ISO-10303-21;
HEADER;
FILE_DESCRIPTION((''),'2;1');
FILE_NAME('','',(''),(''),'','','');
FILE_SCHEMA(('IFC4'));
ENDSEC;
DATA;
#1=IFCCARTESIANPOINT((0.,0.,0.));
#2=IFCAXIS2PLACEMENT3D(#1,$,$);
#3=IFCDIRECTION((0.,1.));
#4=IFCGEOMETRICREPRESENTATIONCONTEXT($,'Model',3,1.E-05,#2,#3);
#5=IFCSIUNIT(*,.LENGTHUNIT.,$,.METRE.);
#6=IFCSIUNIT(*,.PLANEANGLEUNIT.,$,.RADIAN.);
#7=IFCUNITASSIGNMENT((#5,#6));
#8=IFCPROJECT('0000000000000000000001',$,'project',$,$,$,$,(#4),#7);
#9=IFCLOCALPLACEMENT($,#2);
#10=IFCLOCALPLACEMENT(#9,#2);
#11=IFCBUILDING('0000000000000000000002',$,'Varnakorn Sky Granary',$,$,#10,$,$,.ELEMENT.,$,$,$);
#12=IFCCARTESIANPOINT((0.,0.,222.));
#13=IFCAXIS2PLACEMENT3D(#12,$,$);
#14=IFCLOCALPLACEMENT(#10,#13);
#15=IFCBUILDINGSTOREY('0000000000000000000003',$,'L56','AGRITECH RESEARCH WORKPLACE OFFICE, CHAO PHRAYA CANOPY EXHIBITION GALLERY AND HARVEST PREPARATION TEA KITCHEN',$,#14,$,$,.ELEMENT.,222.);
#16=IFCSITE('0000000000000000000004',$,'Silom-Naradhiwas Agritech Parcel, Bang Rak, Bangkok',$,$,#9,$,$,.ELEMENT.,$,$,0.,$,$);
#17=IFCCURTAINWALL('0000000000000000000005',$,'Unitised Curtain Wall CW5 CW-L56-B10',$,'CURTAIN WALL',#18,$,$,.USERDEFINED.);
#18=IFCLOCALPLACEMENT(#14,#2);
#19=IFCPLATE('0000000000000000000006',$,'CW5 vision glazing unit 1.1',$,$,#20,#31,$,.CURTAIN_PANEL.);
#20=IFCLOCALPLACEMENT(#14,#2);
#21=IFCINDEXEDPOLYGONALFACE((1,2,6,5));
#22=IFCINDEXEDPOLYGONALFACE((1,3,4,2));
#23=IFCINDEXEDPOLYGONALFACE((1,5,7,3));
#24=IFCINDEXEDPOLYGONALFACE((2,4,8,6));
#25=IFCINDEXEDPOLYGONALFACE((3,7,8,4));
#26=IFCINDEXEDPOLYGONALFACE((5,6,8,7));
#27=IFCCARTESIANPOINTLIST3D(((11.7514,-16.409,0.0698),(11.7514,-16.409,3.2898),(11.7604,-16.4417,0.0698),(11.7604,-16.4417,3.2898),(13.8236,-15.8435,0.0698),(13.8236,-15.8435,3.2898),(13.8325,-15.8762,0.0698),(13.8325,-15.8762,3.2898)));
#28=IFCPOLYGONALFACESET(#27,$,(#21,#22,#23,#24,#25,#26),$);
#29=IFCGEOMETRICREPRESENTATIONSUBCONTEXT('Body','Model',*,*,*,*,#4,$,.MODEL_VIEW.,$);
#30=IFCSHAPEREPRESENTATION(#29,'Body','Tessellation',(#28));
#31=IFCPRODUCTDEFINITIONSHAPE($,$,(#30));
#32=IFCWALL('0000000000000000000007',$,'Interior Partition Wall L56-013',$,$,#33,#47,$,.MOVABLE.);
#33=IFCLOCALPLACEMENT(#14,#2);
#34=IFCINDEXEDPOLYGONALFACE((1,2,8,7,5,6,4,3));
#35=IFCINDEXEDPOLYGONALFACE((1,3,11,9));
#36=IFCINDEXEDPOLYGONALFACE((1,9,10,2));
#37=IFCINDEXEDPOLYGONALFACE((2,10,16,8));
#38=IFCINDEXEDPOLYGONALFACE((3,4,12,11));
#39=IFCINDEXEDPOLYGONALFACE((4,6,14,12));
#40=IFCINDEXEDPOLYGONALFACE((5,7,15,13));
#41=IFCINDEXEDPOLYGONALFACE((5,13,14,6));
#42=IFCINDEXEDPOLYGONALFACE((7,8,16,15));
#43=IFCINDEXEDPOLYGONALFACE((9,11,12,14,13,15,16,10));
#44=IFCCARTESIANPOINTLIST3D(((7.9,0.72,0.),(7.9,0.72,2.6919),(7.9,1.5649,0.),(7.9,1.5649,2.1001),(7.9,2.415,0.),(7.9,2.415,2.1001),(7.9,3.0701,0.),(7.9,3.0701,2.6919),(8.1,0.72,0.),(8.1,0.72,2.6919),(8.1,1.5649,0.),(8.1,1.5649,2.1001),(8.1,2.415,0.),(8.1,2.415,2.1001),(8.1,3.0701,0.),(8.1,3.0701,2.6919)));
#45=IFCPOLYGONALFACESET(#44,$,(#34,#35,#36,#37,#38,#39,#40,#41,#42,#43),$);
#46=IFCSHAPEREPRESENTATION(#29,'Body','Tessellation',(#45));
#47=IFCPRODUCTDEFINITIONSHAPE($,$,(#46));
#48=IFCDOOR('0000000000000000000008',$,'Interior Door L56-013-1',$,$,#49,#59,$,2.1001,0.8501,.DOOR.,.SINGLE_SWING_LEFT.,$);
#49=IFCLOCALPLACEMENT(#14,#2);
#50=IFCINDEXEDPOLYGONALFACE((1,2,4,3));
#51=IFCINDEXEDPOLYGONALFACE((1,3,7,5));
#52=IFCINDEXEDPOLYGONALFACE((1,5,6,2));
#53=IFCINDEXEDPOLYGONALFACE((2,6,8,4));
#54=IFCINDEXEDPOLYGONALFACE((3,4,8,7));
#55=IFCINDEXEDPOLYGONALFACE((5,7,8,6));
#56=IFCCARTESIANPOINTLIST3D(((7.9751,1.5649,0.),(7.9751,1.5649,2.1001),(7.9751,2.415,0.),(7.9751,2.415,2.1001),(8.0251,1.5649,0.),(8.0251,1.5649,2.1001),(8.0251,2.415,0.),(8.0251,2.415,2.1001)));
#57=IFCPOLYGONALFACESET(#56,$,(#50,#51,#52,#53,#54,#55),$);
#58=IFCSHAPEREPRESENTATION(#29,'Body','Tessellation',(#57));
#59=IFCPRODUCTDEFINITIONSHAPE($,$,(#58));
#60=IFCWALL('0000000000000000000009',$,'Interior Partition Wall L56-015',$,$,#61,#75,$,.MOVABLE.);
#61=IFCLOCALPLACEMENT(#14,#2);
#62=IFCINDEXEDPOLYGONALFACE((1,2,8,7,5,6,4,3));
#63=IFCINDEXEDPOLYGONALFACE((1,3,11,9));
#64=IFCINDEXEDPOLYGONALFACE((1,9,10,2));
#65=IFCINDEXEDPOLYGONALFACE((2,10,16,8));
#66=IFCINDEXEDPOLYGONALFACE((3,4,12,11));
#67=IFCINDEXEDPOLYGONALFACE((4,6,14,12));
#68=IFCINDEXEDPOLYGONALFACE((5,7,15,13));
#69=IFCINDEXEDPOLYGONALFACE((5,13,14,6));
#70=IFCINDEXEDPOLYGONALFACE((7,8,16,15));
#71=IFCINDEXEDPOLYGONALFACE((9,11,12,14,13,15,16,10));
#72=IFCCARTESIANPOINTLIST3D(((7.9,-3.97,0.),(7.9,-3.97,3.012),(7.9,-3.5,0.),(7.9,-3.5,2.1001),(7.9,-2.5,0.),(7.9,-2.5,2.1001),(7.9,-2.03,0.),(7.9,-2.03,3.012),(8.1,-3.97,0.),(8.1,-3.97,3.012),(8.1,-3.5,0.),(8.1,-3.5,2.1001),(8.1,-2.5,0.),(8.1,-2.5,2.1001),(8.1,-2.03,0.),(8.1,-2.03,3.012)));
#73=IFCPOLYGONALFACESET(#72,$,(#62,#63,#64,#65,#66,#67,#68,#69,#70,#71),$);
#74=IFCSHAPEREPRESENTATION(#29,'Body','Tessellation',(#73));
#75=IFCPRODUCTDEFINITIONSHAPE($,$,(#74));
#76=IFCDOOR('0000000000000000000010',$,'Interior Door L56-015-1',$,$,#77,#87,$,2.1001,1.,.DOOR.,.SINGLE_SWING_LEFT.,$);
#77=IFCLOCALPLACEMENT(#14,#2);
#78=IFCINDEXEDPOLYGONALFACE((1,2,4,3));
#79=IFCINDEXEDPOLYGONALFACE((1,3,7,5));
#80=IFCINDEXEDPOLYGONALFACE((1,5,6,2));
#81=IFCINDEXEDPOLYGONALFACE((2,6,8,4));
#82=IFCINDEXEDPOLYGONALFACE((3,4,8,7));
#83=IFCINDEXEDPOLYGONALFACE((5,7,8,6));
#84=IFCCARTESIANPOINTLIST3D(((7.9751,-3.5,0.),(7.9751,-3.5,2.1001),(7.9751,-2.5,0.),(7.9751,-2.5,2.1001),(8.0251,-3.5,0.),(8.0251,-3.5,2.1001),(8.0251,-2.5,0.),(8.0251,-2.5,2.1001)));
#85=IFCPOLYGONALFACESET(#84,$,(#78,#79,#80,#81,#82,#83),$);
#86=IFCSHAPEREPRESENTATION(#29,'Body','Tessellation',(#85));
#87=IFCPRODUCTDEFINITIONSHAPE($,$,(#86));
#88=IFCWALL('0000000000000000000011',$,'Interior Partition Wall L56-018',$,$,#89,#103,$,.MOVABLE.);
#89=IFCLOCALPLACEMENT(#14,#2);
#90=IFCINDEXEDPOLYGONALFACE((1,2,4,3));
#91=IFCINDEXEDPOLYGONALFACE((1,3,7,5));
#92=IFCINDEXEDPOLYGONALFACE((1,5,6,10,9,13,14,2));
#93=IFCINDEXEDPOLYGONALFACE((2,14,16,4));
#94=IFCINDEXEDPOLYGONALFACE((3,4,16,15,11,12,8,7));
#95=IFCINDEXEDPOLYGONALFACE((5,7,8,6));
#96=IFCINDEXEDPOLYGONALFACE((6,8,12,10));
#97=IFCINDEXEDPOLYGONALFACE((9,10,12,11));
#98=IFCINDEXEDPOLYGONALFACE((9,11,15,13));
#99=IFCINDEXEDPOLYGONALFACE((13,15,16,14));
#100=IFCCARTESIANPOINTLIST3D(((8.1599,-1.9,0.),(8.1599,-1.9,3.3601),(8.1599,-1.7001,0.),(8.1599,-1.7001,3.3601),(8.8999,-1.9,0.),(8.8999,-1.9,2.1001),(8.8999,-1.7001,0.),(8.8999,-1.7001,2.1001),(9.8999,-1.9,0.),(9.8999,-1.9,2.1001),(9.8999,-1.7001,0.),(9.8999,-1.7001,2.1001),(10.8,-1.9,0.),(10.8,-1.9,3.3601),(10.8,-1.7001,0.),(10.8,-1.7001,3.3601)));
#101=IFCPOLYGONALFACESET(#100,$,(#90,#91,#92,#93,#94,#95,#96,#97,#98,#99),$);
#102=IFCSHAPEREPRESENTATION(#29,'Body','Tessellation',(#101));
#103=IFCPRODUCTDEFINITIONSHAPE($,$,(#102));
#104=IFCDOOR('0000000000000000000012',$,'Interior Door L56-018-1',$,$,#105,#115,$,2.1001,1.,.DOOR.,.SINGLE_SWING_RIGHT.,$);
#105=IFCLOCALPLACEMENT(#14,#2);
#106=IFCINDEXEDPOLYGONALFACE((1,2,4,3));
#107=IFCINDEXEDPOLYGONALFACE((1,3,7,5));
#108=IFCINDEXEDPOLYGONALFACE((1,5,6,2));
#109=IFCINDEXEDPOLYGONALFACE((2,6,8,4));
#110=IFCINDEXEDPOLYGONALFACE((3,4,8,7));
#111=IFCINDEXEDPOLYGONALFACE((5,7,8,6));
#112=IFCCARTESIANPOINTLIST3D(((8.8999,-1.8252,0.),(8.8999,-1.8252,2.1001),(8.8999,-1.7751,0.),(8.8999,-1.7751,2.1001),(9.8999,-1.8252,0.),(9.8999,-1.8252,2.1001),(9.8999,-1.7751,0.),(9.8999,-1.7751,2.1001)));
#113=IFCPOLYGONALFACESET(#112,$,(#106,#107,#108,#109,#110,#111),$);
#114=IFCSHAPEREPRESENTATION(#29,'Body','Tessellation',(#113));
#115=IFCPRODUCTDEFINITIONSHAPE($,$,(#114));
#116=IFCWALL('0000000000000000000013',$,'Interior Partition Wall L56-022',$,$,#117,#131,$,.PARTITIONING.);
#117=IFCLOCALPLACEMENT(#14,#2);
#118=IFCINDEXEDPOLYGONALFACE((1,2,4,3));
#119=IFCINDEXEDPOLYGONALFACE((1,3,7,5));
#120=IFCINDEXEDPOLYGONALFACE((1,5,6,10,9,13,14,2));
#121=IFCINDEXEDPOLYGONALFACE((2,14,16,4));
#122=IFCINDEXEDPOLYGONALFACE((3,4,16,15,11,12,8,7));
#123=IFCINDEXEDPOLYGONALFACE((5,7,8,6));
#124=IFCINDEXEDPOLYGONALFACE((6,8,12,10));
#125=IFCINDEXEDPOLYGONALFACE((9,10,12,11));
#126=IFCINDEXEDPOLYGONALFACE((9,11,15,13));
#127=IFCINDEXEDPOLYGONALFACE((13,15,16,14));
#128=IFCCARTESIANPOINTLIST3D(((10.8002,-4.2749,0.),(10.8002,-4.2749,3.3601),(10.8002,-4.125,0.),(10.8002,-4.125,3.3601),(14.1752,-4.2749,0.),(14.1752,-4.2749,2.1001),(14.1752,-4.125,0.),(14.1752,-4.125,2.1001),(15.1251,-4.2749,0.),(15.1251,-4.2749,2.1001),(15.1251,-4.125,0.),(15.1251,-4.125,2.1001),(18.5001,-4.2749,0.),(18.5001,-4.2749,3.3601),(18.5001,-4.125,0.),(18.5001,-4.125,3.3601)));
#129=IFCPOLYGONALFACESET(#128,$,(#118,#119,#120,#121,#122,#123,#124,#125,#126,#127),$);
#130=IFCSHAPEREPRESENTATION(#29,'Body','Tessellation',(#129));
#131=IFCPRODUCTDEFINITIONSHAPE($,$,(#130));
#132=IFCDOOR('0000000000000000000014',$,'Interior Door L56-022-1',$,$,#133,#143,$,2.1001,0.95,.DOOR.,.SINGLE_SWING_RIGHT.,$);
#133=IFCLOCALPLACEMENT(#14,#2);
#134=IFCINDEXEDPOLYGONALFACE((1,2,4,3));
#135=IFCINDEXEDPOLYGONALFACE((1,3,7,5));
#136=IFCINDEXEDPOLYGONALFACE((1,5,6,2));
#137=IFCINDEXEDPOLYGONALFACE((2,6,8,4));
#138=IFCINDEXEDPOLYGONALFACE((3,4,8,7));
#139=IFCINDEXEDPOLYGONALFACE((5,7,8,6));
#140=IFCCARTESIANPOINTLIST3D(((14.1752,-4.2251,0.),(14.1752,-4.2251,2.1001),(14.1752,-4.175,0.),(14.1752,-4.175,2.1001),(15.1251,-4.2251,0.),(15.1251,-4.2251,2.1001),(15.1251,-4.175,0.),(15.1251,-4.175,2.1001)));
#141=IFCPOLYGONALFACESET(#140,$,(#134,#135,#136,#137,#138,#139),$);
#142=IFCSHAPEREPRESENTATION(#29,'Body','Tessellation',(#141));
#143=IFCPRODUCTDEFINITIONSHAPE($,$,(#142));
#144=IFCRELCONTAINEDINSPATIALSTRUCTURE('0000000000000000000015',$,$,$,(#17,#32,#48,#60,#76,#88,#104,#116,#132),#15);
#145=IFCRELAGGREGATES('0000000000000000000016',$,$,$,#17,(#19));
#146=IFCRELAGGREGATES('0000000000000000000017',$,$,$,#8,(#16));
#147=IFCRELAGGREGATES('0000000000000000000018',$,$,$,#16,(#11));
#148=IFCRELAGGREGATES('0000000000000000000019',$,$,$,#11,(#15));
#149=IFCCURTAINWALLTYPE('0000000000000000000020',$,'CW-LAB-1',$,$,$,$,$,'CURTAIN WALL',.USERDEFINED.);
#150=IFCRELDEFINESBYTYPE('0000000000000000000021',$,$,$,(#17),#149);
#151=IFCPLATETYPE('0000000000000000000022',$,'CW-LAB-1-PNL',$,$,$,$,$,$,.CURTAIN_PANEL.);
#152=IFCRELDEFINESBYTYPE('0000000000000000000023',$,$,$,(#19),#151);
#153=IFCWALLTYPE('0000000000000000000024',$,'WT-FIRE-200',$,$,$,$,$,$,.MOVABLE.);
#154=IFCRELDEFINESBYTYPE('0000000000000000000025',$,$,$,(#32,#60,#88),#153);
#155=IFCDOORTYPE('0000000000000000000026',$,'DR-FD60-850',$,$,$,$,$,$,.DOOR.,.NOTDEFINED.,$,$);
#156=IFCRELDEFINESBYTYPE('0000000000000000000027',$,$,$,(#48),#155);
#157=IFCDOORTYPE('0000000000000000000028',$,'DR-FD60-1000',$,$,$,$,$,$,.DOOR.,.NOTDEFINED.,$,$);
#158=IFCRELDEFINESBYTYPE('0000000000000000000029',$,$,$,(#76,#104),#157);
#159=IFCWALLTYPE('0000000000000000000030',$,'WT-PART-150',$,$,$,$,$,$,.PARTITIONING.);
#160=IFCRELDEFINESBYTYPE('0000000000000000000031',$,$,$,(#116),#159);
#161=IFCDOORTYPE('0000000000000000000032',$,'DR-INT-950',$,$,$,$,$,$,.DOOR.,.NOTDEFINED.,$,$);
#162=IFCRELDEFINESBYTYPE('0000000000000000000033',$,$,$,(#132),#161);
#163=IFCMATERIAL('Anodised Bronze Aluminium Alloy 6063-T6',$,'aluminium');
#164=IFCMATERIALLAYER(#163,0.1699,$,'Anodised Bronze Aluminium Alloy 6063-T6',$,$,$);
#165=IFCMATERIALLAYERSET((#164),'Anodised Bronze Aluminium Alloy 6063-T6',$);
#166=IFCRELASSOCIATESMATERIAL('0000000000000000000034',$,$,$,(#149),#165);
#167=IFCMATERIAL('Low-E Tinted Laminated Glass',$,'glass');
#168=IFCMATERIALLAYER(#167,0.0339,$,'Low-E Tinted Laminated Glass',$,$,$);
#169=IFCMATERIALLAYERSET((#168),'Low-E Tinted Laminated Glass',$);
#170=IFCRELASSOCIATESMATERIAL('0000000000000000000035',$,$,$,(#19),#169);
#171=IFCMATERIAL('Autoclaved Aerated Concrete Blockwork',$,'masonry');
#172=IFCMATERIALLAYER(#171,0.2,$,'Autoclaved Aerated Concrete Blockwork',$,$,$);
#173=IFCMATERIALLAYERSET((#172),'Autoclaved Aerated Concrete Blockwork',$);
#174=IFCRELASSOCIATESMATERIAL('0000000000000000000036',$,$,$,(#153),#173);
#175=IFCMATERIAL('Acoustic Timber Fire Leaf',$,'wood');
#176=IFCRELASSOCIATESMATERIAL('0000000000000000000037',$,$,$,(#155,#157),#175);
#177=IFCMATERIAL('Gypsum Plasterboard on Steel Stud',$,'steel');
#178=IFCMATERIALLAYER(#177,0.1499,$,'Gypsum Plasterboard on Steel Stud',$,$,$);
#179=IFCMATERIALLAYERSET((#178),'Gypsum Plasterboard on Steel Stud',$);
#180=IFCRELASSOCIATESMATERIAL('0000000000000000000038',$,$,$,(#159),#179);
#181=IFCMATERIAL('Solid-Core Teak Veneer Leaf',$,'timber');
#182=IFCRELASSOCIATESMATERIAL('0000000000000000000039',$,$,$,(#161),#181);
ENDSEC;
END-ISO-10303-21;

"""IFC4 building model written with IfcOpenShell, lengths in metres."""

from ifc_helpers import new_model, si_unit, direction, frame, frame_2d, origin, origin_2d, place, context, subcontext, project, spatial, rectangle, extrude, source, transform, mapped, material, layer, layer_set, type_object, type_shapes, element, fill, aggregate, save


model = new_model("IFC4")

# Units and contexts
model_context = context("Model", 3, precision=1e-05, world=origin(), true_north=direction((0.0, 1.0)))
body_context = subcontext(model_context, "Body", "Model", "MODEL_VIEW")
ifc_project = project(units=[si_unit("LENGTHUNIT", "METRE"), si_unit("PLANEANGLEUNIT", "RADIAN")], contexts=[model_context])

# Site, building, storey
site_placement = place(None, origin())
site = spatial("IfcSite", under=ifc_project, at=site_placement, Name="Silom-Naradhiwas Agritech Parcel, Bang Rak, Bangkok", CompositionType="ELEMENT", RefElevation=0.0)
building_placement = place(site_placement, origin())
building = spatial("IfcBuilding", under=site, at=building_placement, Name="Varnakorn Sky Granary", CompositionType="ELEMENT")
storey_placement = place(building_placement, frame((0.0, 0.0, 222.0)))
storey = spatial("IfcBuildingStorey", under=building, at=storey_placement, Name="L56", Description="AGRITECH RESEARCH WORKPLACE OFFICE, CHAO PHRAYA CANOPY EXHIBITION GALLERY AND HARVEST PREPARATION TEA KITCHEN", CompositionType="ELEMENT", Elevation=222.0)

# Curtain wall, plate
ifc_material_1 = material(Name="Anodised Bronze Aluminium Alloy 6063-T6", Category="aluminium")
ifc_layer_1 = layer(ifc_material_1, 0.1699, Name="Anodised Bronze Aluminium Alloy 6063-T6")
ifc_layer_set_1 = layer_set([ifc_layer_1], Name="Anodised Bronze Aluminium Alloy 6063-T6")
curtain_wall_type = type_object("IfcCurtainWallType", Name="CW-LAB-1", ElementType="CURTAIN WALL", PredefinedType="USERDEFINED", material=ifc_layer_set_1)
curtain_wall_placement = place(storey_placement, origin())
curtain_wall = element("IfcCurtainWall", 1, at=curtain_wall_placement, inside=storey, type_object=curtain_wall_type, Name="Unitised Curtain Wall CW5 CW-L56-B10", ObjectType="CURTAIN WALL", PredefinedType="USERDEFINED")
ifc_material_2 = material(Name="Low-E Tinted Laminated Glass", Category="glass")
ifc_layer_2 = layer(ifc_material_2, 0.0339, Name="Low-E Tinted Laminated Glass")
ifc_layer_set_2 = layer_set([ifc_layer_2], Name="Low-E Tinted Laminated Glass")
plate_type = type_object("IfcPlateType", Name="CW-LAB-1-PNL", PredefinedType="CURTAIN_PANEL")
shared_shape = source(origin(), body_context, "Body", "SweptSolid", [
    extrude(rectangle(XDim=2.1479, YDim=0.0339, at=origin_2d()), origin(), (0.0, 0.0, 1.0), 3.22),
])
type_shapes(plate_type, [shared_shape])
plate_placement = place(storey_placement, frame((12.792, -16.1426, 0.0698), z_axis=(0.0, 0.0, 1.0), x_axis=(-0.964721, -0.263276, 0.0)))
plate = element("IfcPlate", 2, at=plate_placement, type_object=plate_type, material=ifc_layer_set_2, Name="CW5 vision glazing unit 1.1", PredefinedType="CURTAIN_PANEL", context=body_context, shape_type="MappedRepresentation", body=[
    mapped(shared_shape, transform((0.0, 0.0, 0.0), x_axis=(1.0, 0.0, 0.0), y_axis=(0.0, 1.0, 0.0), z_axis=(0.0, 0.0, 1.0), scale=1.0)),
])
aggregate(curtain_wall, [plate])

# Walls, openings, doors
ifc_material_3 = material(Name="Autoclaved Aerated Concrete Blockwork", Category="masonry")
ifc_layer_3 = layer(ifc_material_3, 0.2, Name="Autoclaved Aerated Concrete Blockwork")
ifc_layer_set_3 = layer_set([ifc_layer_3], Name="Autoclaved Aerated Concrete Blockwork")
wall_type_1 = type_object("IfcWallType", Name="WT-FIRE-200", PredefinedType="MOVABLE", material=ifc_layer_set_3)
wall_1_placement = place(storey_placement, frame((8.0, 0.72, 0.0), z_axis=(0.0, 0.0, 1.0), x_axis=(0.0, 1.0, 0.0)))
wall_1 = element("IfcWall", 3, at=wall_1_placement, inside=storey, type_object=wall_type_1, Name="Interior Partition Wall L56-013", PredefinedType="MOVABLE", context=body_context, shape_type="SweptSolid", body=[
    extrude(rectangle(XDim=2.3501, YDim=0.2, at=frame_2d((1.175, 0.0))), origin(), (0.0, 0.0, 1.0), 2.6919),
])
opening_1_placement = place(wall_1_placement, frame((0.845, 0.0, 0.0)))
opening_1 = element("IfcOpeningElement", 4, at=opening_1_placement, cuts=wall_1, PredefinedType="OPENING", context=body_context, shape_type="SweptSolid", body=[
    extrude(rectangle(XDim=0.8501, YDim=2.1001, at=frame_2d((0.425, 1.05))), frame((0.0, 0.1099, 0.0), z_axis=(0.0, -1.0, 0.0), x_axis=(1.0, 0.0, 0.0)), (0.0, 0.0, 1.0), 0.22),
])
ifc_material_4 = material(Name="Acoustic Timber Fire Leaf", Category="wood")
door_type_1 = type_object("IfcDoorType", Name="DR-FD60-850", OperationType="NOTDEFINED", PredefinedType="DOOR", material=ifc_material_4)
door_1_placement = place(opening_1_placement, origin())
door_1 = element("IfcDoor", 5, at=door_1_placement, inside=storey, type_object=door_type_1, Name="Interior Door L56-013-1", OperationType="SINGLE_SWING_LEFT", OverallHeight=2.1001, OverallWidth=0.8501, PredefinedType="DOOR", context=body_context, shape_type="SweptSolid", body=[
    extrude(rectangle(XDim=0.8501, YDim=2.1001, at=frame_2d((0.425, 1.05))), frame((0.0, 0.0249, 0.0), z_axis=(0.0, -1.0, 0.0), x_axis=(1.0, 0.0, 0.0)), (0.0, 0.0, 1.0), 0.05),
])
fill(opening_1, door_1)
wall_2_placement = place(storey_placement, frame((8.0, -3.97, 0.0), z_axis=(0.0, 0.0, 1.0), x_axis=(0.0, 1.0, 0.0)))
wall_2 = element("IfcWall", 6, at=wall_2_placement, inside=storey, type_object=wall_type_1, Name="Interior Partition Wall L56-015", PredefinedType="MOVABLE", context=body_context, shape_type="SweptSolid", body=[
    extrude(rectangle(XDim=1.9399, YDim=0.2, at=frame_2d((0.97, 0.0))), origin(), (0.0, 0.0, 1.0), 3.012),
])
opening_2_placement = place(wall_2_placement, frame((0.47, 0.0, 0.0)))
opening_2 = element("IfcOpeningElement", 7, at=opening_2_placement, cuts=wall_2, PredefinedType="OPENING", context=body_context, shape_type="SweptSolid", body=[
    extrude(rectangle(XDim=1.0, YDim=2.1001, at=frame_2d((0.5, 1.05))), frame((0.0, 0.1099, 0.0), z_axis=(0.0, -1.0, 0.0), x_axis=(1.0, 0.0, 0.0)), (0.0, 0.0, 1.0), 0.22),
])
door_type_2 = type_object("IfcDoorType", Name="DR-FD60-1000", OperationType="NOTDEFINED", PredefinedType="DOOR", material=ifc_material_4)
door_2_placement = place(opening_2_placement, origin())
door_2 = element("IfcDoor", 8, at=door_2_placement, inside=storey, type_object=door_type_2, Name="Interior Door L56-015-1", OperationType="SINGLE_SWING_LEFT", OverallHeight=2.1001, OverallWidth=1.0, PredefinedType="DOOR", context=body_context, shape_type="SweptSolid", body=[
    extrude(rectangle(XDim=1.0, YDim=2.1001, at=frame_2d((0.5, 1.05))), frame((0.0, 0.0249, 0.0), z_axis=(0.0, -1.0, 0.0), x_axis=(1.0, 0.0, 0.0)), (0.0, 0.0, 1.0), 0.05),
])
fill(opening_2, door_2)
wall_3_placement = place(storey_placement, frame((8.1599, -1.8, 0.0), z_axis=(0.0, 0.0, 1.0), x_axis=(1.0, 0.0, 0.0)))
wall_3 = element("IfcWall", 9, at=wall_3_placement, inside=storey, type_object=wall_type_1, Name="Interior Partition Wall L56-018", PredefinedType="MOVABLE", context=body_context, shape_type="SweptSolid", body=[
    extrude(rectangle(XDim=2.6401, YDim=0.2, at=frame_2d((1.3201, 0.0))), origin(), (0.0, 0.0, 1.0), 3.3601),
])
opening_3_placement = place(wall_3_placement, frame((0.74, 0.0, 0.0)))
opening_3 = element("IfcOpeningElement", 10, at=opening_3_placement, cuts=wall_3, PredefinedType="OPENING", context=body_context, shape_type="SweptSolid", body=[
    extrude(rectangle(XDim=1.0, YDim=2.1001, at=frame_2d((0.5, 1.05))), frame((0.0, 0.1099, 0.0), z_axis=(0.0, -1.0, 0.0), x_axis=(1.0, 0.0, 0.0)), (0.0, 0.0, 1.0), 0.22),
])
door_3_placement = place(opening_3_placement, origin())
door_3 = element("IfcDoor", 11, at=door_3_placement, inside=storey, type_object=door_type_2, Name="Interior Door L56-018-1", OperationType="SINGLE_SWING_RIGHT", OverallHeight=2.1001, OverallWidth=1.0, PredefinedType="DOOR", context=body_context, shape_type="SweptSolid", body=[
    extrude(rectangle(XDim=1.0, YDim=2.1001, at=frame_2d((0.5, 1.05))), frame((0.0, 0.0249, 0.0), z_axis=(0.0, -1.0, 0.0), x_axis=(1.0, 0.0, 0.0)), (0.0, 0.0, 1.0), 0.05),
])
fill(opening_3, door_3)
ifc_material_5 = material(Name="Gypsum Plasterboard on Steel Stud", Category="steel")
ifc_layer_4 = layer(ifc_material_5, 0.1499, Name="Gypsum Plasterboard on Steel Stud")
ifc_layer_set_4 = layer_set([ifc_layer_4], Name="Gypsum Plasterboard on Steel Stud")
wall_type_2 = type_object("IfcWallType", Name="WT-PART-150", PredefinedType="PARTITIONING", material=ifc_layer_set_4)
wall_4_placement = place(storey_placement, frame((10.8, -4.2, 0.0), z_axis=(0.0, 0.0, 1.0), x_axis=(1.0, 0.0, 0.0)))
wall_4 = element("IfcWall", 12, at=wall_4_placement, inside=storey, type_object=wall_type_2, Name="Interior Partition Wall L56-022", PredefinedType="PARTITIONING", context=body_context, shape_type="SweptSolid", body=[
    extrude(rectangle(XDim=7.7, YDim=0.1499, at=frame_2d((3.8501, 0.0))), origin(), (0.0, 0.0, 1.0), 3.3601),
])
opening_4_placement = place(wall_4_placement, frame((3.375, 0.0, 0.0)))
opening_4 = element("IfcOpeningElement", 13, at=opening_4_placement, cuts=wall_4, PredefinedType="OPENING", context=body_context, shape_type="SweptSolid", body=[
    extrude(rectangle(XDim=0.95, YDim=2.1001, at=frame_2d((0.4751, 1.05))), frame((0.0, 0.085, 0.0), z_axis=(0.0, -1.0, 0.0), x_axis=(1.0, 0.0, 0.0)), (0.0, 0.0, 1.0), 0.1699),
])
ifc_material_6 = material(Name="Solid-Core Teak Veneer Leaf", Category="timber")
door_type_3 = type_object("IfcDoorType", Name="DR-INT-950", OperationType="NOTDEFINED", PredefinedType="DOOR", material=ifc_material_6)
door_4_placement = place(opening_4_placement, origin())
door_4 = element("IfcDoor", 14, at=door_4_placement, inside=storey, type_object=door_type_3, Name="Interior Door L56-022-1", OperationType="SINGLE_SWING_RIGHT", OverallHeight=2.1001, OverallWidth=0.95, PredefinedType="DOOR", context=body_context, shape_type="SweptSolid", body=[
    extrude(rectangle(XDim=0.95, YDim=2.1001, at=frame_2d((0.4751, 1.05))), frame((0.0, 0.0249, 0.0), z_axis=(0.0, -1.0, 0.0), x_axis=(1.0, 0.0, 0.0)), (0.0, 0.0, 1.0), 0.05),
])
fill(opening_4, door_4)

save(model, "model.ifc")
